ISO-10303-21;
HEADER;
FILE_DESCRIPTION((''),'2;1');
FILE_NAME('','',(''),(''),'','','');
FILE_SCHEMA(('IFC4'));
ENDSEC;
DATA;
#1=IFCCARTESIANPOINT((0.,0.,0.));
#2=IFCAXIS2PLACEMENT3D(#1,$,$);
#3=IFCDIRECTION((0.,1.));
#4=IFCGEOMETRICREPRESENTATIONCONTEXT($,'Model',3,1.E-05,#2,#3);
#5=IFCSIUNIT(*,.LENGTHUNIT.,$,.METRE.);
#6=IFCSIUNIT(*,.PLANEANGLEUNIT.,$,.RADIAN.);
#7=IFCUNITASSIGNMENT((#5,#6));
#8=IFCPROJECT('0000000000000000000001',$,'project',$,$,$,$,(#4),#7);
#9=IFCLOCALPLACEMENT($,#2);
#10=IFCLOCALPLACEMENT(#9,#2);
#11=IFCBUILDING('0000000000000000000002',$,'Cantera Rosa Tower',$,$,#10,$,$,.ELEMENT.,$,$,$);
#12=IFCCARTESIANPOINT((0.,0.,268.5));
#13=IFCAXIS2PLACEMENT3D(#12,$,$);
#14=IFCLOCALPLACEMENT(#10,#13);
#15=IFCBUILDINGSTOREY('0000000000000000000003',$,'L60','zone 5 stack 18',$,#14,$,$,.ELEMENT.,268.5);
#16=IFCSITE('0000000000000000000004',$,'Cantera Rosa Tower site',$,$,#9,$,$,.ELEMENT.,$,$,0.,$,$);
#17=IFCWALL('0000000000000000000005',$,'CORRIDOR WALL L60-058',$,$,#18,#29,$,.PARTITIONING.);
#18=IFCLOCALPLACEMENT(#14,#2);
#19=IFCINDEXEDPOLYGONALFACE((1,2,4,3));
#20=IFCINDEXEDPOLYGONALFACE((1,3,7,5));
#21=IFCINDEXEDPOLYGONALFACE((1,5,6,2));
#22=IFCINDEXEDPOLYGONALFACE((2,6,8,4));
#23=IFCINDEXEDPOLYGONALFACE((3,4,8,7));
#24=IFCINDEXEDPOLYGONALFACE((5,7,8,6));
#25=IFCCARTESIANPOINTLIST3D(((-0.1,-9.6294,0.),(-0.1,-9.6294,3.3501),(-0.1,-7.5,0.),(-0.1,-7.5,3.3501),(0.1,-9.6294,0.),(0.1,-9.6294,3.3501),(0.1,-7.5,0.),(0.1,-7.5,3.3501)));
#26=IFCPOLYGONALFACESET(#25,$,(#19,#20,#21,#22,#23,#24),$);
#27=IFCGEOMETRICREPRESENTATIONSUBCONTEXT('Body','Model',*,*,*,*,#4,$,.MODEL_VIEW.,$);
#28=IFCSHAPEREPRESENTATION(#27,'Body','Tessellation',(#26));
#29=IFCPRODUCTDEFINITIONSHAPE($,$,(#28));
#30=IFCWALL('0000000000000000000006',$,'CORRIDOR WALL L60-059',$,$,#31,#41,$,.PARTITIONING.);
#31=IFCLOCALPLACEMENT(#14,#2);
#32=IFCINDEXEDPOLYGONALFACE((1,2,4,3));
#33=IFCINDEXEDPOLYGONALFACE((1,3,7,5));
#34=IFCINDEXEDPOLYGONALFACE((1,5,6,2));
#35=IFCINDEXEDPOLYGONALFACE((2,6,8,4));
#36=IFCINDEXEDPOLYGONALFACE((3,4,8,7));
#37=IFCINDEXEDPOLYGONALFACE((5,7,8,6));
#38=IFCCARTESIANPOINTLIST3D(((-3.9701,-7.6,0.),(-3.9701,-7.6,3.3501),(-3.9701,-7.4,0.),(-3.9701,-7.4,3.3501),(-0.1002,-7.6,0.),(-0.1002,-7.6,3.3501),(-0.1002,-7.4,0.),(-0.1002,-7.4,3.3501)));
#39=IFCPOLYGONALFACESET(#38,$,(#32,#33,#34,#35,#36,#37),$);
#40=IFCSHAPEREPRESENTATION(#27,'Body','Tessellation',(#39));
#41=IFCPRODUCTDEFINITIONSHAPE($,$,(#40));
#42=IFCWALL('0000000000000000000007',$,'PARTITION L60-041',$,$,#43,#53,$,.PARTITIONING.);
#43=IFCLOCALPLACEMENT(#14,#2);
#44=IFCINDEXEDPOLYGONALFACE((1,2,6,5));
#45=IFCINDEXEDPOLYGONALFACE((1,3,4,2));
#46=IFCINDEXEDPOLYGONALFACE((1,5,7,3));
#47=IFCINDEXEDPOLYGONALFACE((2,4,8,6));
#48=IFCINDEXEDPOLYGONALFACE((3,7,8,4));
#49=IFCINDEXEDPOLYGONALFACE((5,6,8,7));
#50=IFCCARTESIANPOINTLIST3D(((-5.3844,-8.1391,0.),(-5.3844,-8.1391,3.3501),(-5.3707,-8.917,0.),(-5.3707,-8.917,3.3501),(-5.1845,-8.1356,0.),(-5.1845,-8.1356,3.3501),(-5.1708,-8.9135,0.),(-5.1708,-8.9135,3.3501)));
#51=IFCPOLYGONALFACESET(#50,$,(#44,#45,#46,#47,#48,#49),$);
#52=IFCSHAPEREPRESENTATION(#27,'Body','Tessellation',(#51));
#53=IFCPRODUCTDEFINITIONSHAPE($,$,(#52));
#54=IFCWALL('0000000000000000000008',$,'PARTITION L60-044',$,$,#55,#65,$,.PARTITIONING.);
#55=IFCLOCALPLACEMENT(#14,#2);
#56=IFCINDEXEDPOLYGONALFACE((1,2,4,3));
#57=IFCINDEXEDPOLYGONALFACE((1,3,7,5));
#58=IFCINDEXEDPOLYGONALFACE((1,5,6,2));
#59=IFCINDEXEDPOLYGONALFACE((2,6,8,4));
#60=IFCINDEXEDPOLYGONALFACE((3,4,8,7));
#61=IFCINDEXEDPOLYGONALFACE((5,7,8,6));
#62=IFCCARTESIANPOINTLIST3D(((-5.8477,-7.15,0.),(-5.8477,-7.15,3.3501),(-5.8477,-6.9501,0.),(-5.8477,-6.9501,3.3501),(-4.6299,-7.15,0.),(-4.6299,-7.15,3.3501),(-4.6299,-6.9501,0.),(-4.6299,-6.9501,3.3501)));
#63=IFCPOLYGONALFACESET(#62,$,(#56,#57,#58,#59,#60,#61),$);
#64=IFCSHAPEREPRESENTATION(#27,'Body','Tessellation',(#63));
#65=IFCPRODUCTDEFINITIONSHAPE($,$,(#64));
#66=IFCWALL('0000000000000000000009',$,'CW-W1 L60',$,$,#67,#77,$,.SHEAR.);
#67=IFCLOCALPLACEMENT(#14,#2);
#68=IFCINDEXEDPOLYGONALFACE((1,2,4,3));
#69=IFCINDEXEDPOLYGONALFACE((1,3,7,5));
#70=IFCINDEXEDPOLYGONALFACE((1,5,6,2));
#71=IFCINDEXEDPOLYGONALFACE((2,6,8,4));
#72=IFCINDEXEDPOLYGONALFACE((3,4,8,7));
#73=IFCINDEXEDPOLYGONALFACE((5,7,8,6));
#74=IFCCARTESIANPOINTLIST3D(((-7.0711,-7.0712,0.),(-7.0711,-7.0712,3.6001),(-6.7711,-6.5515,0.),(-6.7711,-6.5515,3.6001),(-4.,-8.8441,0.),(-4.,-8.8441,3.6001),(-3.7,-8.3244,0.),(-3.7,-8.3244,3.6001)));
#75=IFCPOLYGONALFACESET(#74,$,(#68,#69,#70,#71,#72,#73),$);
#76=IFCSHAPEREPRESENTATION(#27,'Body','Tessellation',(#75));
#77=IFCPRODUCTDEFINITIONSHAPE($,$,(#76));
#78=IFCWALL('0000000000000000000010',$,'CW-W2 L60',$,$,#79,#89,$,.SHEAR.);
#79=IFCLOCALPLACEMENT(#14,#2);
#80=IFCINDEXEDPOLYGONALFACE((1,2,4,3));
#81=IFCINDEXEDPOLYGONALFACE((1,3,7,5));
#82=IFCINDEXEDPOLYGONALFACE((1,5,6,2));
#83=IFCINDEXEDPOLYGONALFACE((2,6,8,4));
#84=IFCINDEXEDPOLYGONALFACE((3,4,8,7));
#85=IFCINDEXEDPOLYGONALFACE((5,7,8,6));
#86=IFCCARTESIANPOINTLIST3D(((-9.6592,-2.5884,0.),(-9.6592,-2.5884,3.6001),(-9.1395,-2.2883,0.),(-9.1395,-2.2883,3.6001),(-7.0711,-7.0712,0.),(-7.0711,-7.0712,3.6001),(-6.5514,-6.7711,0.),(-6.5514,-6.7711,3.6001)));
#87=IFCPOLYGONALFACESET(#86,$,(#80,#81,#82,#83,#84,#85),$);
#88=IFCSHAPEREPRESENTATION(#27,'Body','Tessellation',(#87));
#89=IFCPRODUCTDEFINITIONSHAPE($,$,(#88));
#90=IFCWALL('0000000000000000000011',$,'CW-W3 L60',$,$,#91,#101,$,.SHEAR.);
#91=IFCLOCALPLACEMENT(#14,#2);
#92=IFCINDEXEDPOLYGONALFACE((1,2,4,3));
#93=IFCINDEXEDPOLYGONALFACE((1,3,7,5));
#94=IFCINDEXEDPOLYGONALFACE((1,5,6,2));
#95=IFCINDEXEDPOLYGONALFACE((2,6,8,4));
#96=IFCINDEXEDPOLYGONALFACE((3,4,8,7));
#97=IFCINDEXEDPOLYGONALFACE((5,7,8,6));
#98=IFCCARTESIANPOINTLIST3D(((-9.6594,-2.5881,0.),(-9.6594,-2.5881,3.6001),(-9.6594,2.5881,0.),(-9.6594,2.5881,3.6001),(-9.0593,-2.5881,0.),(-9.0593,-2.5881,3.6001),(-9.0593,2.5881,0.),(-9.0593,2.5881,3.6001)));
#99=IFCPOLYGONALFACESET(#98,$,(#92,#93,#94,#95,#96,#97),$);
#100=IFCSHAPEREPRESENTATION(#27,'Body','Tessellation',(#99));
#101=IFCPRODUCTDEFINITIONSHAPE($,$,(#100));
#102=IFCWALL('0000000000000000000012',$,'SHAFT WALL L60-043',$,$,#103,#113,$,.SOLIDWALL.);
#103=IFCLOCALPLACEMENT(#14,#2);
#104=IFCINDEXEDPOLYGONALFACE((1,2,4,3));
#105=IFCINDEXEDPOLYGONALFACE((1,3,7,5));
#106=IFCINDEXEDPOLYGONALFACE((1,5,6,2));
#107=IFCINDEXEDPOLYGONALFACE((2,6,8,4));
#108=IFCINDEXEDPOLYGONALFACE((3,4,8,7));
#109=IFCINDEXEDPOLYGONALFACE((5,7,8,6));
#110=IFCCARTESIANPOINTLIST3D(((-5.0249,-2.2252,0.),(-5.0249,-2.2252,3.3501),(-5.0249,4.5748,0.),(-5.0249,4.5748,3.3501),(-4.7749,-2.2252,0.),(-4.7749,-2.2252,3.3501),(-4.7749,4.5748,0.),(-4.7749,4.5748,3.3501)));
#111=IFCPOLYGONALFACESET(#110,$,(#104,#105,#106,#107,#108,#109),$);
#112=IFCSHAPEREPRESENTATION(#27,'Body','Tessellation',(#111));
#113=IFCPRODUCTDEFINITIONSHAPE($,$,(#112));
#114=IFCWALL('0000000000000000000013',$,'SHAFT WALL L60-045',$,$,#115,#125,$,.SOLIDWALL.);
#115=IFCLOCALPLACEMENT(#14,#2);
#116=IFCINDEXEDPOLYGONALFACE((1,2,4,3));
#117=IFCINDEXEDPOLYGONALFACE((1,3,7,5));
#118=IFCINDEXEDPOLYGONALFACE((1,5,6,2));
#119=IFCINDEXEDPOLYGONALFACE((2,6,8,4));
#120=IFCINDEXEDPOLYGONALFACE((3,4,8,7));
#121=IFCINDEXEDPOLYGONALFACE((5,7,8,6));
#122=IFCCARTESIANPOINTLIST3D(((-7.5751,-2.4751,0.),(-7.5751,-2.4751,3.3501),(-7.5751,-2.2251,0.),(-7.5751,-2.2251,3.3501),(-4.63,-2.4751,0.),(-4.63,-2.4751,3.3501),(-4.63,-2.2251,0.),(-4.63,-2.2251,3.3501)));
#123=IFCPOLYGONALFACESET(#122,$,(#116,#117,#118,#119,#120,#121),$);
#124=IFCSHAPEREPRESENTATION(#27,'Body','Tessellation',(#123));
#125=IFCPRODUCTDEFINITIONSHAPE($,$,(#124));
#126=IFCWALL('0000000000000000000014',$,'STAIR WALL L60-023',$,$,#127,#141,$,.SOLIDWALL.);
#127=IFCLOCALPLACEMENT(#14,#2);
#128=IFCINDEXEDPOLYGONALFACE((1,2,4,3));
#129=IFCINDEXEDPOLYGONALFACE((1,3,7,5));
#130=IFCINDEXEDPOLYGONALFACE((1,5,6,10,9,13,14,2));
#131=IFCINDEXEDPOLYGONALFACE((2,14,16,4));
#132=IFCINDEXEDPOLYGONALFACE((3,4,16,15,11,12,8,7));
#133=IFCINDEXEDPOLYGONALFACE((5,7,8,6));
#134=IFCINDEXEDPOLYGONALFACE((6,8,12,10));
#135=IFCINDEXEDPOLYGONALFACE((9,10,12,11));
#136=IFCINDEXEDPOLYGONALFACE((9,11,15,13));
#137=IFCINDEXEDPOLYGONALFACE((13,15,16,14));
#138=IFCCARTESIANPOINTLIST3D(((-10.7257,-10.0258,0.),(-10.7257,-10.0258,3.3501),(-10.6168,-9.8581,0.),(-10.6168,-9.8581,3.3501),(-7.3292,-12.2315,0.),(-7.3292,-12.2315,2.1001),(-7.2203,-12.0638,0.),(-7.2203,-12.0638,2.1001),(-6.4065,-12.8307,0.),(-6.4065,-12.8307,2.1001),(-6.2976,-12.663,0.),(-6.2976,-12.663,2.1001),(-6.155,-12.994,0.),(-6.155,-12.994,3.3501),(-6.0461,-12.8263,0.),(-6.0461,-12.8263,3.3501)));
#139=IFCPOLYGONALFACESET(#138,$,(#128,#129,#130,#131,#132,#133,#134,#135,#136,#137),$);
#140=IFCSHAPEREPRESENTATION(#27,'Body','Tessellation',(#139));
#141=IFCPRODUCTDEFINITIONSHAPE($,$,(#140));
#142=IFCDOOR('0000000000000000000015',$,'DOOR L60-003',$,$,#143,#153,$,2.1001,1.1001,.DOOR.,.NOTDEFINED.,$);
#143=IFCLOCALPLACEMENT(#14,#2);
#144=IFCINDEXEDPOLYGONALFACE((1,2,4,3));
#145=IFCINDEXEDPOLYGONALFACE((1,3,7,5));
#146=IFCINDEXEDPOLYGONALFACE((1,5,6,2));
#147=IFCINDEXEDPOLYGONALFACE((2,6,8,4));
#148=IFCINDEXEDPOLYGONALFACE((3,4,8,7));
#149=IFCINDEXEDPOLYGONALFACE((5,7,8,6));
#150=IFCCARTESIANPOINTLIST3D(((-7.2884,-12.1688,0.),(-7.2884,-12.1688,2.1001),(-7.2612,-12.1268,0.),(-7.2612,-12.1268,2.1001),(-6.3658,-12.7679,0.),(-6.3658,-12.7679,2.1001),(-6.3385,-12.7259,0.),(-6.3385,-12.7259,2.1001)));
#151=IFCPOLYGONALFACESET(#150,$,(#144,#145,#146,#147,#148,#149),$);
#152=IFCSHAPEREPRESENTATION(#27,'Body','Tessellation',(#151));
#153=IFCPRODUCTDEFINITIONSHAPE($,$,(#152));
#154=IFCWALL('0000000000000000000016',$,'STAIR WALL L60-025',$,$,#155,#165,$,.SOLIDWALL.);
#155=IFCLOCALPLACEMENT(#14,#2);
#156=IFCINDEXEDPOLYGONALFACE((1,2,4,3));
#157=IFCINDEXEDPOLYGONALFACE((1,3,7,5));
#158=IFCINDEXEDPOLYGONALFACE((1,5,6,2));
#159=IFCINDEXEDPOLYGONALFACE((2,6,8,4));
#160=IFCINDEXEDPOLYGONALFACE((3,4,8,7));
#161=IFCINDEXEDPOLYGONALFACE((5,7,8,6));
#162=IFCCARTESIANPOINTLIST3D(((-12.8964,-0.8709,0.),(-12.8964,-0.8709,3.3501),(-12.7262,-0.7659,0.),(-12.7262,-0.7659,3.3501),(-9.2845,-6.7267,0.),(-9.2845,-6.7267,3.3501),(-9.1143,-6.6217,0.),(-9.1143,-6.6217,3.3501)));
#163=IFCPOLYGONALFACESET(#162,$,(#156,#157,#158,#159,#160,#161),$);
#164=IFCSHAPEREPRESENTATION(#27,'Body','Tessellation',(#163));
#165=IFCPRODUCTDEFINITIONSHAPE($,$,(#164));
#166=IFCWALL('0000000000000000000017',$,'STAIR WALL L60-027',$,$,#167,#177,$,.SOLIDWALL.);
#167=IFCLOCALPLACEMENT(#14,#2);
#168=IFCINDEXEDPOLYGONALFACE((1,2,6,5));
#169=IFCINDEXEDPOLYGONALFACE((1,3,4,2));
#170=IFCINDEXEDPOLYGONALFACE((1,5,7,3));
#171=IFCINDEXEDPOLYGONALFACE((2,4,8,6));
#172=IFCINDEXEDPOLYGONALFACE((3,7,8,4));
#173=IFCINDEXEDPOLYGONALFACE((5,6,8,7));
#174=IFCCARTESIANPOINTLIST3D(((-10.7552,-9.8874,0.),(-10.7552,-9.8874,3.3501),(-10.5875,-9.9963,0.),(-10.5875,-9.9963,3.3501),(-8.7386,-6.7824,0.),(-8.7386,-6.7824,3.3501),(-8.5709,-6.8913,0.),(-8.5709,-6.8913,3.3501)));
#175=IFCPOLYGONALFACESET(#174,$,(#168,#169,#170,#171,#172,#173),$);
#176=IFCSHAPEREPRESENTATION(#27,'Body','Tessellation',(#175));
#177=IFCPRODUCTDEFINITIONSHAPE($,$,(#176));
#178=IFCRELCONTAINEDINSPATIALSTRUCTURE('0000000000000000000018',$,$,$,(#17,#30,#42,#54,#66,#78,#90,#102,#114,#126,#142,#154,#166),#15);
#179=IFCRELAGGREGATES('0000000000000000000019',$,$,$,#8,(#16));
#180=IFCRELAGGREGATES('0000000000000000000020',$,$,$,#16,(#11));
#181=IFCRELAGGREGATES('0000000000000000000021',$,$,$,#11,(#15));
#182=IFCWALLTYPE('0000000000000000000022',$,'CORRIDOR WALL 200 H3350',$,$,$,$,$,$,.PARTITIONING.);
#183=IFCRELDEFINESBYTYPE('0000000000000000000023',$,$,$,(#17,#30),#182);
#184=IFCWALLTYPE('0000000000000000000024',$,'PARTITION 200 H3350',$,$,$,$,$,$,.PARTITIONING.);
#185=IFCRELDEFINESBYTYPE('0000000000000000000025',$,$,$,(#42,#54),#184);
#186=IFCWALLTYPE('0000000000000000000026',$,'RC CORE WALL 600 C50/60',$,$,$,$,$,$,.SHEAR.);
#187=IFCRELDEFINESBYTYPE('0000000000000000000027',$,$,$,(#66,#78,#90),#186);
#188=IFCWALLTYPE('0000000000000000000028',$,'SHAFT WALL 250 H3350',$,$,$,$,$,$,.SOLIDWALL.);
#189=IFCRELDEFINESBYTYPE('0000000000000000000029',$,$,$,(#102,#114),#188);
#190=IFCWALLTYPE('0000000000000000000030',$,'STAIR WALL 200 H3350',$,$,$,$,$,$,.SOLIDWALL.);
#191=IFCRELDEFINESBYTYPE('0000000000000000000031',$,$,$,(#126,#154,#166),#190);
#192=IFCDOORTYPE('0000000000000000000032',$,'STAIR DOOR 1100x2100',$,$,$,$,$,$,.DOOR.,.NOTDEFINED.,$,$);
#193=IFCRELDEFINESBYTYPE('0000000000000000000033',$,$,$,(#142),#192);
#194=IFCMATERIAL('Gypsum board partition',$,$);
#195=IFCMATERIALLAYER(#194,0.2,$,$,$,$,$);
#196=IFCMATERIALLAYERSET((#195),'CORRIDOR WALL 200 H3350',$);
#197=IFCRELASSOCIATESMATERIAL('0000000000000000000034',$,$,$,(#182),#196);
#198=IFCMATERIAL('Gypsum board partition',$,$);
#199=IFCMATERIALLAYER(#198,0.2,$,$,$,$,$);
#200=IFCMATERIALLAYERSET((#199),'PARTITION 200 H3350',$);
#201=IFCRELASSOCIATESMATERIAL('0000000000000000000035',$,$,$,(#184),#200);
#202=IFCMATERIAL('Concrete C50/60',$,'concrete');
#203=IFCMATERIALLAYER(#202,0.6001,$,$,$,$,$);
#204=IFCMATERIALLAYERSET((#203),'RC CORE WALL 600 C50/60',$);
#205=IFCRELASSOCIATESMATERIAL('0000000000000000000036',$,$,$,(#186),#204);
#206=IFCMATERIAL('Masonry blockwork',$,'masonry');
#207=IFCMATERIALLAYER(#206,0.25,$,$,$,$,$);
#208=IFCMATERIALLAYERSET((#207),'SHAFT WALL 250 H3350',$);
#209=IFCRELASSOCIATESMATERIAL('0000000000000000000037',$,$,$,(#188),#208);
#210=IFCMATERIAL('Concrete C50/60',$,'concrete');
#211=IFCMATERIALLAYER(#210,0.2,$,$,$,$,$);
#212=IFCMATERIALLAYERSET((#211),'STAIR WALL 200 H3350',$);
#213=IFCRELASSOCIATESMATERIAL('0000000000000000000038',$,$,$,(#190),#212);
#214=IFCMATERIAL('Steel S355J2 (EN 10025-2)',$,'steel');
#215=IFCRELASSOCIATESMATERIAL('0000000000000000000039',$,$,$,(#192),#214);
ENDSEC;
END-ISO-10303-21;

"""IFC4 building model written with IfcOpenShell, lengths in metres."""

from ifc_helpers import new_model, si_unit, direction, frame, frame_2d, origin, place, context, subcontext, project, spatial, rectangle, extrude, material, layer, layer_set, type_object, element, fill, save


model = new_model("IFC4")

# Units and contexts
model_context = context("Model", 3, precision=1e-05, world=origin(), true_north=direction((0.0, 1.0)))
body_context = subcontext(model_context, "Body", "Model", "MODEL_VIEW")
ifc_project = project(units=[si_unit("LENGTHUNIT", "METRE"), si_unit("PLANEANGLEUNIT", "RADIAN")], contexts=[model_context])

# Site, building, storey
site_placement = place(None, origin())
site = spatial("IfcSite", under=ifc_project, at=site_placement, Name="Cantera Rosa Tower site", CompositionType="ELEMENT", RefElevation=0.0)
building_placement = place(site_placement, origin())
building = spatial("IfcBuilding", under=site, at=building_placement, Name="Cantera Rosa Tower", CompositionType="ELEMENT")
storey_placement = place(building_placement, frame((0.0, 0.0, 268.5)))
storey = spatial("IfcBuildingStorey", under=building, at=storey_placement, Name="L60", Description="zone 5 stack 18", CompositionType="ELEMENT", Elevation=268.5)

# Walls
ifc_material_1 = material(Name="Gypsum board partition")
ifc_layer_1 = layer(ifc_material_1, 0.2)
ifc_layer_set_1 = layer_set([ifc_layer_1], Name="CORRIDOR WALL 200 H3350")
wall_type_1 = type_object("IfcWallType", Name="CORRIDOR WALL 200 H3350", PredefinedType="PARTITIONING", material=ifc_layer_set_1)
wall_1_placement = place(storey_placement, frame((0.0, -9.6294, 0.0), z_axis=(0.0, 0.0, 1.0), x_axis=(0.0, 1.0, 0.0)))
element("IfcWall", 1, at=wall_1_placement, inside=storey, type_object=wall_type_1, Name="CORRIDOR WALL L60-058", PredefinedType="PARTITIONING", context=body_context, shape_type="SweptSolid", body=[
    extrude(rectangle(XDim=2.1294, YDim=0.2, at=frame_2d((1.0647, 0.0))), origin(), (0.0, 0.0, 1.0), 3.3501),
])
wall_2_placement = place(storey_placement, frame((-0.1001, -7.5, 0.0), z_axis=(0.0, 0.0, 1.0), x_axis=(-1.0, 0.0, 0.0)))
element("IfcWall", 2, at=wall_2_placement, inside=storey, type_object=wall_type_1, Name="CORRIDOR WALL L60-059", PredefinedType="PARTITIONING", context=body_context, shape_type="SweptSolid", body=[
    extrude(rectangle(XDim=3.8699, YDim=0.2, at=frame_2d((1.9351, 0.0))), origin(), (0.0, 0.0, 1.0), 3.3501),
])
ifc_material_2 = material(Name="Gypsum board partition")
ifc_layer_2 = layer(ifc_material_2, 0.2)
ifc_layer_set_2 = layer_set([ifc_layer_2], Name="PARTITION 200 H3350")
wall_type_2 = type_object("IfcWallType", Name="PARTITION 200 H3350", PredefinedType="PARTITIONING", material=ifc_layer_set_2)
wall_3_placement = place(storey_placement, frame((-5.2844, -8.1372, 0.0), z_axis=(0.0, 0.0, 1.0), x_axis=(0.017569, -0.999846, 0.0)))
element("IfcWall", 3, at=wall_3_placement, inside=storey, type_object=wall_type_2, Name="PARTITION L60-041", PredefinedType="PARTITIONING", context=body_context, shape_type="SweptSolid", body=[
    extrude(rectangle(XDim=0.7781, YDim=0.2, at=frame_2d((0.3892, 0.0))), origin(), (0.0, 0.0, 1.0), 3.3501),
])
wall_4_placement = place(storey_placement, frame((-4.6299, -7.05, 0.0), z_axis=(0.0, 0.0, 1.0), x_axis=(-1.0, 0.0, 0.0)))
element("IfcWall", 4, at=wall_4_placement, inside=storey, type_object=wall_type_2, Name="PARTITION L60-044", PredefinedType="PARTITIONING", context=body_context, shape_type="SweptSolid", body=[
    extrude(rectangle(XDim=1.2178, YDim=0.2, at=frame_2d((0.6089, 0.0))), origin(), (0.0, 0.0, 1.0), 3.3501),
])
ifc_material_3 = material(Name="Concrete C50/60", Category="concrete")
ifc_layer_3 = layer(ifc_material_3, 0.6001)
ifc_layer_set_3 = layer_set([ifc_layer_3], Name="RC CORE WALL 600 C50/60")
wall_type_3 = type_object("IfcWallType", Name="RC CORE WALL 600 C50/60", PredefinedType="SHEAR", material=ifc_layer_set_3)
wall_5_placement = place(storey_placement, frame((-3.8501, -8.5842, 0.0), z_axis=(0.0, 0.0, 1.0), x_axis=(-0.86604, 0.499975, 0.0)))
element("IfcWall", 5, at=wall_5_placement, inside=storey, type_object=wall_type_3, Name="CW-W1 L60", PredefinedType="SHEAR", context=body_context, shape_type="SweptSolid", body=[
    extrude(rectangle(XDim=3.5461, YDim=0.6001, at=frame_2d((1.7729, 0.0))), origin(), (0.0, 0.0, 1.0), 3.6001),
])
for number, where, z_axis, x_axis, name in (
    (6, (-6.8113, -6.9211, 0.0), (0.0, 0.0, 1.0), (-0.499989, 0.866032, 0.0), "CW-W2 L60"),
    (7, (-9.3594, -2.5881, 0.0), (0.0, 0.0, 1.0), (0.0, 1.0, 0.0), "CW-W3 L60"),
):
    element("IfcWall", number, at=place(storey_placement, frame(where, z_axis=z_axis, x_axis=x_axis)), inside=storey, type_object=wall_type_3, Name=name, PredefinedType="SHEAR", context=body_context, shape_type="SweptSolid", body=[
        extrude(rectangle(XDim=5.1763, YDim=0.6001, at=frame_2d((2.5881, 0.0))), origin(), (0.0, 0.0, 1.0), 3.6001),
    ])
ifc_material_4 = material(Name="Masonry blockwork", Category="masonry")
ifc_layer_4 = layer(ifc_material_4, 0.25)
ifc_layer_set_4 = layer_set([ifc_layer_4], Name="SHAFT WALL 250 H3350")
wall_type_4 = type_object("IfcWallType", Name="SHAFT WALL 250 H3350", PredefinedType="SOLIDWALL", material=ifc_layer_set_4)
wall_6_placement = place(storey_placement, frame((-4.8999, -2.2251, 0.0), z_axis=(0.0, 0.0, 1.0), x_axis=(0.0, 1.0, 0.0)))
element("IfcWall", 8, at=wall_6_placement, inside=storey, type_object=wall_type_4, Name="SHAFT WALL L60-043", PredefinedType="SOLIDWALL", context=body_context, shape_type="SweptSolid", body=[
    extrude(rectangle(XDim=6.8, YDim=0.25, at=frame_2d((3.3999, 0.0))), origin(), (0.0, 0.0, 1.0), 3.3501),
])
wall_7_placement = place(storey_placement, frame((-4.6299, -2.3501, 0.0), z_axis=(0.0, 0.0, 1.0), x_axis=(-1.0, 0.0, 0.0)))
element("IfcWall", 9, at=wall_7_placement, inside=storey, type_object=wall_type_4, Name="SHAFT WALL L60-045", PredefinedType="SOLIDWALL", context=body_context, shape_type="SweptSolid", body=[
    extrude(rectangle(XDim=2.9451, YDim=0.25, at=frame_2d((1.4727, 0.0))), origin(), (0.0, 0.0, 1.0), 3.3501),
])

# Wall, opening, door
ifc_material_5 = material(Name="Concrete C50/60", Category="concrete")
ifc_layer_5 = layer(ifc_material_5, 0.2)
ifc_layer_set_5 = layer_set([ifc_layer_5], Name="STAIR WALL 200 H3350")
wall_type_5 = type_object("IfcWallType", Name="STAIR WALL 200 H3350", PredefinedType="SOLIDWALL", material=ifc_layer_set_5)
wall_8_placement = place(storey_placement, frame((-10.6714, -9.9419, 0.0), z_axis=(0.0, 0.0, 1.0), x_axis=(0.838675, -0.544632, 0.0)))
wall_8 = element("IfcWall", 10, at=wall_8_placement, inside=storey, type_object=wall_type_5, Name="STAIR WALL L60-023", PredefinedType="SOLIDWALL", context=body_context, shape_type="SweptSolid", body=[
    extrude(rectangle(XDim=5.45, YDim=0.2, at=frame_2d((2.7251, 0.0))), origin(), (0.0, 0.0, 1.0), 3.3501),
])
opening_placement = place(wall_8_placement, frame((4.05, 0.0, 0.0)))
opening = element("IfcOpeningElement", 11, at=opening_placement, cuts=wall_8, PredefinedType="OPENING", context=body_context, shape_type="SweptSolid", body=[
    extrude(rectangle(XDim=1.1001, YDim=2.1001, at=frame_2d((0.55, 1.05))), frame((0.0, 0.1099, 0.0), z_axis=(0.0, -1.0, 0.0), x_axis=(1.0, 0.0, 0.0)), (0.0, 0.0, 1.0), 0.22),
])
ifc_material_6 = material(Name="Steel S355J2 (EN 10025-2)", Category="steel")
door_type = type_object("IfcDoorType", Name="STAIR DOOR 1100x2100", OperationType="NOTDEFINED", PredefinedType="DOOR", material=ifc_material_6)
door_placement = place(opening_placement, origin())
door = element("IfcDoor", 12, at=door_placement, inside=storey, type_object=door_type, Name="DOOR L60-003", OperationType="NOTDEFINED", OverallHeight=2.1001, OverallWidth=1.1001, PredefinedType="DOOR", context=body_context, shape_type="SweptSolid", body=[
    extrude(rectangle(XDim=1.1001, YDim=2.1001, at=frame_2d((0.55, 1.05))), frame((0.0, 0.0249, 0.0), z_axis=(0.0, -1.0, 0.0), x_axis=(1.0, 0.0, 0.0)), (0.0, 0.0, 1.0), 0.05),
])
fill(opening, door)

# Walls
wall_9_placement = place(storey_placement, frame((-9.1995, -6.6741, 0.0), z_axis=(0.0, 0.0, 1.0), x_axis=(-0.524972, 0.851119, 0.0)))
element("IfcWall", 13, at=wall_9_placement, inside=storey, type_object=wall_type_5, Name="STAIR WALL L60-025", PredefinedType="SOLIDWALL", context=body_context, shape_type="SweptSolid", body=[
    extrude(rectangle(XDim=6.8801, YDim=0.2, at=frame_2d((3.4399, 0.0))), origin(), (0.0, 0.0, 1.0), 3.3501),
])
wall_10_placement = place(storey_placement, frame((-8.6548, -6.8369, 0.0), z_axis=(0.0, 0.0, 1.0), x_axis=(-0.544678, -0.838645, 0.0)))
element("IfcWall", 14, at=wall_10_placement, inside=storey, type_object=wall_type_5, Name="STAIR WALL L60-027", PredefinedType="SOLIDWALL", context=body_context, shape_type="SweptSolid", body=[
    extrude(rectangle(XDim=3.7024, YDim=0.2, at=frame_2d((1.8511, 0.0))), origin(), (0.0, 0.0, 1.0), 3.3501),
])

save(model, "model.ifc")
